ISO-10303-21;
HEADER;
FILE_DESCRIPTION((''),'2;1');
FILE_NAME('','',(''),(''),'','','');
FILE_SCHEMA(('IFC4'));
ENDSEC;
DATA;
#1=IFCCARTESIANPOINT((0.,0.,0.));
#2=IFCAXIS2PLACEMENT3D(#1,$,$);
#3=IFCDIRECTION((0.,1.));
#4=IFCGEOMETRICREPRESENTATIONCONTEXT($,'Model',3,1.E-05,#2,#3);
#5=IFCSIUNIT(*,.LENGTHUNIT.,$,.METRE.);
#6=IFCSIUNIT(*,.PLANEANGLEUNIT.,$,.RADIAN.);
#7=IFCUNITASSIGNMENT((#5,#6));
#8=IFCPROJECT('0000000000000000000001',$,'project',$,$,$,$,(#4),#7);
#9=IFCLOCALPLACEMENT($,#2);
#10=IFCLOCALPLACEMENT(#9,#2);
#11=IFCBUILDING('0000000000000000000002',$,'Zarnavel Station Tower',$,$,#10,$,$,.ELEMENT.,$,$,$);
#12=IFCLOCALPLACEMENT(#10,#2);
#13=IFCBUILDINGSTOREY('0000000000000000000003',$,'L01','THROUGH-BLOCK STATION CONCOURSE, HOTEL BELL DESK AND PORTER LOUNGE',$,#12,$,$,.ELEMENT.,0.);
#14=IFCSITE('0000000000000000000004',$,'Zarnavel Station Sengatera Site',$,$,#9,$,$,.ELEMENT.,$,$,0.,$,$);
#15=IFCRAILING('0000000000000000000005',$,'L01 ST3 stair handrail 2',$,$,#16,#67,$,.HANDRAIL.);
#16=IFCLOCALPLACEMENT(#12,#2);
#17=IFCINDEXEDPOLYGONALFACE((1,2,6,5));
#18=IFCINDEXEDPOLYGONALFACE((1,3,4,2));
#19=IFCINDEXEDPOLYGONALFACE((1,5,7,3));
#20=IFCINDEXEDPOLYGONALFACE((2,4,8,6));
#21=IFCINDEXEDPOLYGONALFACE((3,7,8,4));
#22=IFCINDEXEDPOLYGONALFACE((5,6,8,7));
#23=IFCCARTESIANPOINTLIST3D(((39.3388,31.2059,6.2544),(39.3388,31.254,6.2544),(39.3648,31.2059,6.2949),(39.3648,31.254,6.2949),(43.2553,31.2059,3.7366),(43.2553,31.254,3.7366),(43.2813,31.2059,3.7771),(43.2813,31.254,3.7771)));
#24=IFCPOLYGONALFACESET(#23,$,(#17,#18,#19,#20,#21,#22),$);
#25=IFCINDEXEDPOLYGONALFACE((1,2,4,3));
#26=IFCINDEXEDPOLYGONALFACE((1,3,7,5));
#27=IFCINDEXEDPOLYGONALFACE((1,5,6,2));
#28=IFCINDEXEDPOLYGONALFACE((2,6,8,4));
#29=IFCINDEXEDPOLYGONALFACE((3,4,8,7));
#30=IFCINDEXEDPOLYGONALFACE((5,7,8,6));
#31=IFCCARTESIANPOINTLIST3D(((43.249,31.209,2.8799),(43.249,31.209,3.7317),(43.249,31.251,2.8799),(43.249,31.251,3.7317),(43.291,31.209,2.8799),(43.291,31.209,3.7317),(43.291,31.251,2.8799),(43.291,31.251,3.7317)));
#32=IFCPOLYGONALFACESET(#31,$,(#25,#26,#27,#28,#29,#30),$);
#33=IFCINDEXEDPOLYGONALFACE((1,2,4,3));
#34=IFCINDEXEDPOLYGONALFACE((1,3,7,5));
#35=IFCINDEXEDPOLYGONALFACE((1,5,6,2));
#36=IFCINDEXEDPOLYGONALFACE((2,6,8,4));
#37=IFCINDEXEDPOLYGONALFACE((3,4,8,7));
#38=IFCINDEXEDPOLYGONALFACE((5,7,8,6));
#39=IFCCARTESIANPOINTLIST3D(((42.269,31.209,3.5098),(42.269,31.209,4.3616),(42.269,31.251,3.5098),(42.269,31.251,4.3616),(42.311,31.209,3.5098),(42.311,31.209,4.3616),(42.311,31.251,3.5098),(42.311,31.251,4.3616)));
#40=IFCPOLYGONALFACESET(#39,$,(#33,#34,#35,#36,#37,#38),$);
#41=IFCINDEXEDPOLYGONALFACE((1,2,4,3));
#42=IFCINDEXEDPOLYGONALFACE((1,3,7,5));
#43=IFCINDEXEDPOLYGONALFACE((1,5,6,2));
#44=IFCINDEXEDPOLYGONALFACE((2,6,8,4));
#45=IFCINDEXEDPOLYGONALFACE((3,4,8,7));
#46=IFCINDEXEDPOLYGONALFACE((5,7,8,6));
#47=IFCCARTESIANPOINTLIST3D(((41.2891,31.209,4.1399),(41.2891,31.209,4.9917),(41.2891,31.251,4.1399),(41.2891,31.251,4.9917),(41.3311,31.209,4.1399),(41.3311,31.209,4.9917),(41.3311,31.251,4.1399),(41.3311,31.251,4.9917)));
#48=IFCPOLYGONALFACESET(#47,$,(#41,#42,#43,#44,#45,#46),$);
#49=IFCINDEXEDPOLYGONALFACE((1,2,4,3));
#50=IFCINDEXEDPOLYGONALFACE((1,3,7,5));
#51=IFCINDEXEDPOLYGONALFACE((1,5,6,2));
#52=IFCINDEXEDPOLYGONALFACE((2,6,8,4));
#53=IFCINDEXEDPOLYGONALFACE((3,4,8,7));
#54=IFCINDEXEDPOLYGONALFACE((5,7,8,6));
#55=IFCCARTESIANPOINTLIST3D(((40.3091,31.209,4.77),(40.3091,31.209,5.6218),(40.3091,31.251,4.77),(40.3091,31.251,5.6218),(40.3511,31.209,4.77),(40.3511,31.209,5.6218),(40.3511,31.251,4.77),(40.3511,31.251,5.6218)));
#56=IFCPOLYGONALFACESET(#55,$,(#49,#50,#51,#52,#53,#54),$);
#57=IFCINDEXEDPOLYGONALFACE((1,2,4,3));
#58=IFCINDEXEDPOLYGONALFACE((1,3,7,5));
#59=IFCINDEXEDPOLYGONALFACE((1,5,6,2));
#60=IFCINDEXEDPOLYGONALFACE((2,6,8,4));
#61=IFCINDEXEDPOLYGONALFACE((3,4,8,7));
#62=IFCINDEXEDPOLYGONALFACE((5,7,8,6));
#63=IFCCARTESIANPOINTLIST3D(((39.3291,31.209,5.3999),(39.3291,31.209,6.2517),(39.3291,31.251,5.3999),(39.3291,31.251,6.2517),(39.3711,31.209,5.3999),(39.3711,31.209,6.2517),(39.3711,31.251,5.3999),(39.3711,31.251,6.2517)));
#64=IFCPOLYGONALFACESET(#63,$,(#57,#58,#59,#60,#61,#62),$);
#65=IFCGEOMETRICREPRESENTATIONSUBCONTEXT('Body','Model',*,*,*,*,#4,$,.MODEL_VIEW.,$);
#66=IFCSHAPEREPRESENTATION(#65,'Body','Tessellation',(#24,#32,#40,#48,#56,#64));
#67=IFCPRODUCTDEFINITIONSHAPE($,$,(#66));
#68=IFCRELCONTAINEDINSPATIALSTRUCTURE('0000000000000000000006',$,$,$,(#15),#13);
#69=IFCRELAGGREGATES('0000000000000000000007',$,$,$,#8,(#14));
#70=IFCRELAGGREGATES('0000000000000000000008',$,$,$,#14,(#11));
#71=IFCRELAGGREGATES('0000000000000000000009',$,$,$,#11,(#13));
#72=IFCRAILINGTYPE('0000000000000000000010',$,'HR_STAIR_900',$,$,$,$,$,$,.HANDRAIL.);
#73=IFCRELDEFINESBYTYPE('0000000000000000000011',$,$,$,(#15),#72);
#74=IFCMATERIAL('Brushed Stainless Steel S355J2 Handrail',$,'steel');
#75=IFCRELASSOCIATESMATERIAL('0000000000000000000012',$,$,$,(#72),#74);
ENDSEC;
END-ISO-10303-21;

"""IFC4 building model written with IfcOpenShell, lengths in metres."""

from ifc_helpers import new_model, si_unit, direction, frame, origin, origin_2d, place, context, subcontext, project, spatial, rectangle, extrude, material, type_object, element, save


model = new_model("IFC4")

# Units and contexts
model_context = context("Model", 3, precision=1e-05, world=origin(), true_north=direction((0.0, 1.0)))
body_context = subcontext(model_context, "Body", "Model", "MODEL_VIEW")
ifc_project = project(units=[si_unit("LENGTHUNIT", "METRE"), si_unit("PLANEANGLEUNIT", "RADIAN")], contexts=[model_context])

# Site, building, storey
site_placement = place(None, origin())
site = spatial("IfcSite", under=ifc_project, at=site_placement, Name="Zarnavel Station Sengatera Site", CompositionType="ELEMENT", RefElevation=0.0)
building_placement = place(site_placement, origin())
building = spatial("IfcBuilding", under=site, at=building_placement, Name="Zarnavel Station Tower", CompositionType="ELEMENT")
storey_placement = place(building_placement, origin())
storey = spatial("IfcBuildingStorey", under=building, at=storey_placement, Name="L01", Description="THROUGH-BLOCK STATION CONCOURSE, HOTEL BELL DESK AND PORTER LOUNGE", CompositionType="ELEMENT", Elevation=0.0)

# Railing
ifc_material_1 = material(Name="Brushed Stainless Steel S355J2 Handrail", Category="steel")
railing_type_1 = type_object("IfcRailingType", Name="HR_STAIR_900", PredefinedType="HANDRAIL", material=ifc_material_1)
railing_1_placement = place(storey_placement, frame((43.27, 31.23, 2.8799)))
element("IfcRailing", 1, at=railing_1_placement, inside=storey, type_object=railing_type_1, Name="L01 ST3 stair handrail 2", PredefinedType="HANDRAIL", context=body_context, shape_type="SweptSolid", body=[
    extrude(rectangle(XDim=0.0481, YDim=0.0481, at=origin_2d()), frame((-0.0017, 0.0, 0.877), z_axis=(-0.841172, 0.0, 0.540768), x_axis=(0.0, -1.0, 0.0)), (0.0, 0.0, 1.0), 4.656),
    extrude(rectangle(XDim=0.042, YDim=0.042, at=origin_2d()), origin(), (0.0, 0.0, 1.0), 0.8518),
    extrude(rectangle(XDim=0.042, YDim=0.042, at=origin_2d()), frame((-0.98, 0.0, 0.6299)), (0.0, 0.0, 1.0), 0.8518),
    extrude(rectangle(XDim=0.042, YDim=0.042, at=origin_2d()), frame((-1.96, 0.0, 1.26)), (0.0, 0.0, 1.0), 0.8518),
    extrude(rectangle(XDim=0.042, YDim=0.042, at=origin_2d()), frame((-2.9399, 0.0, 1.8901)), (0.0, 0.0, 1.0), 0.8518),
    extrude(rectangle(XDim=0.042, YDim=0.042, at=origin_2d()), frame((-3.9199, 0.0, 2.52)), (0.0, 0.0, 1.0), 0.8518),
])

save(model, "model.ifc")
